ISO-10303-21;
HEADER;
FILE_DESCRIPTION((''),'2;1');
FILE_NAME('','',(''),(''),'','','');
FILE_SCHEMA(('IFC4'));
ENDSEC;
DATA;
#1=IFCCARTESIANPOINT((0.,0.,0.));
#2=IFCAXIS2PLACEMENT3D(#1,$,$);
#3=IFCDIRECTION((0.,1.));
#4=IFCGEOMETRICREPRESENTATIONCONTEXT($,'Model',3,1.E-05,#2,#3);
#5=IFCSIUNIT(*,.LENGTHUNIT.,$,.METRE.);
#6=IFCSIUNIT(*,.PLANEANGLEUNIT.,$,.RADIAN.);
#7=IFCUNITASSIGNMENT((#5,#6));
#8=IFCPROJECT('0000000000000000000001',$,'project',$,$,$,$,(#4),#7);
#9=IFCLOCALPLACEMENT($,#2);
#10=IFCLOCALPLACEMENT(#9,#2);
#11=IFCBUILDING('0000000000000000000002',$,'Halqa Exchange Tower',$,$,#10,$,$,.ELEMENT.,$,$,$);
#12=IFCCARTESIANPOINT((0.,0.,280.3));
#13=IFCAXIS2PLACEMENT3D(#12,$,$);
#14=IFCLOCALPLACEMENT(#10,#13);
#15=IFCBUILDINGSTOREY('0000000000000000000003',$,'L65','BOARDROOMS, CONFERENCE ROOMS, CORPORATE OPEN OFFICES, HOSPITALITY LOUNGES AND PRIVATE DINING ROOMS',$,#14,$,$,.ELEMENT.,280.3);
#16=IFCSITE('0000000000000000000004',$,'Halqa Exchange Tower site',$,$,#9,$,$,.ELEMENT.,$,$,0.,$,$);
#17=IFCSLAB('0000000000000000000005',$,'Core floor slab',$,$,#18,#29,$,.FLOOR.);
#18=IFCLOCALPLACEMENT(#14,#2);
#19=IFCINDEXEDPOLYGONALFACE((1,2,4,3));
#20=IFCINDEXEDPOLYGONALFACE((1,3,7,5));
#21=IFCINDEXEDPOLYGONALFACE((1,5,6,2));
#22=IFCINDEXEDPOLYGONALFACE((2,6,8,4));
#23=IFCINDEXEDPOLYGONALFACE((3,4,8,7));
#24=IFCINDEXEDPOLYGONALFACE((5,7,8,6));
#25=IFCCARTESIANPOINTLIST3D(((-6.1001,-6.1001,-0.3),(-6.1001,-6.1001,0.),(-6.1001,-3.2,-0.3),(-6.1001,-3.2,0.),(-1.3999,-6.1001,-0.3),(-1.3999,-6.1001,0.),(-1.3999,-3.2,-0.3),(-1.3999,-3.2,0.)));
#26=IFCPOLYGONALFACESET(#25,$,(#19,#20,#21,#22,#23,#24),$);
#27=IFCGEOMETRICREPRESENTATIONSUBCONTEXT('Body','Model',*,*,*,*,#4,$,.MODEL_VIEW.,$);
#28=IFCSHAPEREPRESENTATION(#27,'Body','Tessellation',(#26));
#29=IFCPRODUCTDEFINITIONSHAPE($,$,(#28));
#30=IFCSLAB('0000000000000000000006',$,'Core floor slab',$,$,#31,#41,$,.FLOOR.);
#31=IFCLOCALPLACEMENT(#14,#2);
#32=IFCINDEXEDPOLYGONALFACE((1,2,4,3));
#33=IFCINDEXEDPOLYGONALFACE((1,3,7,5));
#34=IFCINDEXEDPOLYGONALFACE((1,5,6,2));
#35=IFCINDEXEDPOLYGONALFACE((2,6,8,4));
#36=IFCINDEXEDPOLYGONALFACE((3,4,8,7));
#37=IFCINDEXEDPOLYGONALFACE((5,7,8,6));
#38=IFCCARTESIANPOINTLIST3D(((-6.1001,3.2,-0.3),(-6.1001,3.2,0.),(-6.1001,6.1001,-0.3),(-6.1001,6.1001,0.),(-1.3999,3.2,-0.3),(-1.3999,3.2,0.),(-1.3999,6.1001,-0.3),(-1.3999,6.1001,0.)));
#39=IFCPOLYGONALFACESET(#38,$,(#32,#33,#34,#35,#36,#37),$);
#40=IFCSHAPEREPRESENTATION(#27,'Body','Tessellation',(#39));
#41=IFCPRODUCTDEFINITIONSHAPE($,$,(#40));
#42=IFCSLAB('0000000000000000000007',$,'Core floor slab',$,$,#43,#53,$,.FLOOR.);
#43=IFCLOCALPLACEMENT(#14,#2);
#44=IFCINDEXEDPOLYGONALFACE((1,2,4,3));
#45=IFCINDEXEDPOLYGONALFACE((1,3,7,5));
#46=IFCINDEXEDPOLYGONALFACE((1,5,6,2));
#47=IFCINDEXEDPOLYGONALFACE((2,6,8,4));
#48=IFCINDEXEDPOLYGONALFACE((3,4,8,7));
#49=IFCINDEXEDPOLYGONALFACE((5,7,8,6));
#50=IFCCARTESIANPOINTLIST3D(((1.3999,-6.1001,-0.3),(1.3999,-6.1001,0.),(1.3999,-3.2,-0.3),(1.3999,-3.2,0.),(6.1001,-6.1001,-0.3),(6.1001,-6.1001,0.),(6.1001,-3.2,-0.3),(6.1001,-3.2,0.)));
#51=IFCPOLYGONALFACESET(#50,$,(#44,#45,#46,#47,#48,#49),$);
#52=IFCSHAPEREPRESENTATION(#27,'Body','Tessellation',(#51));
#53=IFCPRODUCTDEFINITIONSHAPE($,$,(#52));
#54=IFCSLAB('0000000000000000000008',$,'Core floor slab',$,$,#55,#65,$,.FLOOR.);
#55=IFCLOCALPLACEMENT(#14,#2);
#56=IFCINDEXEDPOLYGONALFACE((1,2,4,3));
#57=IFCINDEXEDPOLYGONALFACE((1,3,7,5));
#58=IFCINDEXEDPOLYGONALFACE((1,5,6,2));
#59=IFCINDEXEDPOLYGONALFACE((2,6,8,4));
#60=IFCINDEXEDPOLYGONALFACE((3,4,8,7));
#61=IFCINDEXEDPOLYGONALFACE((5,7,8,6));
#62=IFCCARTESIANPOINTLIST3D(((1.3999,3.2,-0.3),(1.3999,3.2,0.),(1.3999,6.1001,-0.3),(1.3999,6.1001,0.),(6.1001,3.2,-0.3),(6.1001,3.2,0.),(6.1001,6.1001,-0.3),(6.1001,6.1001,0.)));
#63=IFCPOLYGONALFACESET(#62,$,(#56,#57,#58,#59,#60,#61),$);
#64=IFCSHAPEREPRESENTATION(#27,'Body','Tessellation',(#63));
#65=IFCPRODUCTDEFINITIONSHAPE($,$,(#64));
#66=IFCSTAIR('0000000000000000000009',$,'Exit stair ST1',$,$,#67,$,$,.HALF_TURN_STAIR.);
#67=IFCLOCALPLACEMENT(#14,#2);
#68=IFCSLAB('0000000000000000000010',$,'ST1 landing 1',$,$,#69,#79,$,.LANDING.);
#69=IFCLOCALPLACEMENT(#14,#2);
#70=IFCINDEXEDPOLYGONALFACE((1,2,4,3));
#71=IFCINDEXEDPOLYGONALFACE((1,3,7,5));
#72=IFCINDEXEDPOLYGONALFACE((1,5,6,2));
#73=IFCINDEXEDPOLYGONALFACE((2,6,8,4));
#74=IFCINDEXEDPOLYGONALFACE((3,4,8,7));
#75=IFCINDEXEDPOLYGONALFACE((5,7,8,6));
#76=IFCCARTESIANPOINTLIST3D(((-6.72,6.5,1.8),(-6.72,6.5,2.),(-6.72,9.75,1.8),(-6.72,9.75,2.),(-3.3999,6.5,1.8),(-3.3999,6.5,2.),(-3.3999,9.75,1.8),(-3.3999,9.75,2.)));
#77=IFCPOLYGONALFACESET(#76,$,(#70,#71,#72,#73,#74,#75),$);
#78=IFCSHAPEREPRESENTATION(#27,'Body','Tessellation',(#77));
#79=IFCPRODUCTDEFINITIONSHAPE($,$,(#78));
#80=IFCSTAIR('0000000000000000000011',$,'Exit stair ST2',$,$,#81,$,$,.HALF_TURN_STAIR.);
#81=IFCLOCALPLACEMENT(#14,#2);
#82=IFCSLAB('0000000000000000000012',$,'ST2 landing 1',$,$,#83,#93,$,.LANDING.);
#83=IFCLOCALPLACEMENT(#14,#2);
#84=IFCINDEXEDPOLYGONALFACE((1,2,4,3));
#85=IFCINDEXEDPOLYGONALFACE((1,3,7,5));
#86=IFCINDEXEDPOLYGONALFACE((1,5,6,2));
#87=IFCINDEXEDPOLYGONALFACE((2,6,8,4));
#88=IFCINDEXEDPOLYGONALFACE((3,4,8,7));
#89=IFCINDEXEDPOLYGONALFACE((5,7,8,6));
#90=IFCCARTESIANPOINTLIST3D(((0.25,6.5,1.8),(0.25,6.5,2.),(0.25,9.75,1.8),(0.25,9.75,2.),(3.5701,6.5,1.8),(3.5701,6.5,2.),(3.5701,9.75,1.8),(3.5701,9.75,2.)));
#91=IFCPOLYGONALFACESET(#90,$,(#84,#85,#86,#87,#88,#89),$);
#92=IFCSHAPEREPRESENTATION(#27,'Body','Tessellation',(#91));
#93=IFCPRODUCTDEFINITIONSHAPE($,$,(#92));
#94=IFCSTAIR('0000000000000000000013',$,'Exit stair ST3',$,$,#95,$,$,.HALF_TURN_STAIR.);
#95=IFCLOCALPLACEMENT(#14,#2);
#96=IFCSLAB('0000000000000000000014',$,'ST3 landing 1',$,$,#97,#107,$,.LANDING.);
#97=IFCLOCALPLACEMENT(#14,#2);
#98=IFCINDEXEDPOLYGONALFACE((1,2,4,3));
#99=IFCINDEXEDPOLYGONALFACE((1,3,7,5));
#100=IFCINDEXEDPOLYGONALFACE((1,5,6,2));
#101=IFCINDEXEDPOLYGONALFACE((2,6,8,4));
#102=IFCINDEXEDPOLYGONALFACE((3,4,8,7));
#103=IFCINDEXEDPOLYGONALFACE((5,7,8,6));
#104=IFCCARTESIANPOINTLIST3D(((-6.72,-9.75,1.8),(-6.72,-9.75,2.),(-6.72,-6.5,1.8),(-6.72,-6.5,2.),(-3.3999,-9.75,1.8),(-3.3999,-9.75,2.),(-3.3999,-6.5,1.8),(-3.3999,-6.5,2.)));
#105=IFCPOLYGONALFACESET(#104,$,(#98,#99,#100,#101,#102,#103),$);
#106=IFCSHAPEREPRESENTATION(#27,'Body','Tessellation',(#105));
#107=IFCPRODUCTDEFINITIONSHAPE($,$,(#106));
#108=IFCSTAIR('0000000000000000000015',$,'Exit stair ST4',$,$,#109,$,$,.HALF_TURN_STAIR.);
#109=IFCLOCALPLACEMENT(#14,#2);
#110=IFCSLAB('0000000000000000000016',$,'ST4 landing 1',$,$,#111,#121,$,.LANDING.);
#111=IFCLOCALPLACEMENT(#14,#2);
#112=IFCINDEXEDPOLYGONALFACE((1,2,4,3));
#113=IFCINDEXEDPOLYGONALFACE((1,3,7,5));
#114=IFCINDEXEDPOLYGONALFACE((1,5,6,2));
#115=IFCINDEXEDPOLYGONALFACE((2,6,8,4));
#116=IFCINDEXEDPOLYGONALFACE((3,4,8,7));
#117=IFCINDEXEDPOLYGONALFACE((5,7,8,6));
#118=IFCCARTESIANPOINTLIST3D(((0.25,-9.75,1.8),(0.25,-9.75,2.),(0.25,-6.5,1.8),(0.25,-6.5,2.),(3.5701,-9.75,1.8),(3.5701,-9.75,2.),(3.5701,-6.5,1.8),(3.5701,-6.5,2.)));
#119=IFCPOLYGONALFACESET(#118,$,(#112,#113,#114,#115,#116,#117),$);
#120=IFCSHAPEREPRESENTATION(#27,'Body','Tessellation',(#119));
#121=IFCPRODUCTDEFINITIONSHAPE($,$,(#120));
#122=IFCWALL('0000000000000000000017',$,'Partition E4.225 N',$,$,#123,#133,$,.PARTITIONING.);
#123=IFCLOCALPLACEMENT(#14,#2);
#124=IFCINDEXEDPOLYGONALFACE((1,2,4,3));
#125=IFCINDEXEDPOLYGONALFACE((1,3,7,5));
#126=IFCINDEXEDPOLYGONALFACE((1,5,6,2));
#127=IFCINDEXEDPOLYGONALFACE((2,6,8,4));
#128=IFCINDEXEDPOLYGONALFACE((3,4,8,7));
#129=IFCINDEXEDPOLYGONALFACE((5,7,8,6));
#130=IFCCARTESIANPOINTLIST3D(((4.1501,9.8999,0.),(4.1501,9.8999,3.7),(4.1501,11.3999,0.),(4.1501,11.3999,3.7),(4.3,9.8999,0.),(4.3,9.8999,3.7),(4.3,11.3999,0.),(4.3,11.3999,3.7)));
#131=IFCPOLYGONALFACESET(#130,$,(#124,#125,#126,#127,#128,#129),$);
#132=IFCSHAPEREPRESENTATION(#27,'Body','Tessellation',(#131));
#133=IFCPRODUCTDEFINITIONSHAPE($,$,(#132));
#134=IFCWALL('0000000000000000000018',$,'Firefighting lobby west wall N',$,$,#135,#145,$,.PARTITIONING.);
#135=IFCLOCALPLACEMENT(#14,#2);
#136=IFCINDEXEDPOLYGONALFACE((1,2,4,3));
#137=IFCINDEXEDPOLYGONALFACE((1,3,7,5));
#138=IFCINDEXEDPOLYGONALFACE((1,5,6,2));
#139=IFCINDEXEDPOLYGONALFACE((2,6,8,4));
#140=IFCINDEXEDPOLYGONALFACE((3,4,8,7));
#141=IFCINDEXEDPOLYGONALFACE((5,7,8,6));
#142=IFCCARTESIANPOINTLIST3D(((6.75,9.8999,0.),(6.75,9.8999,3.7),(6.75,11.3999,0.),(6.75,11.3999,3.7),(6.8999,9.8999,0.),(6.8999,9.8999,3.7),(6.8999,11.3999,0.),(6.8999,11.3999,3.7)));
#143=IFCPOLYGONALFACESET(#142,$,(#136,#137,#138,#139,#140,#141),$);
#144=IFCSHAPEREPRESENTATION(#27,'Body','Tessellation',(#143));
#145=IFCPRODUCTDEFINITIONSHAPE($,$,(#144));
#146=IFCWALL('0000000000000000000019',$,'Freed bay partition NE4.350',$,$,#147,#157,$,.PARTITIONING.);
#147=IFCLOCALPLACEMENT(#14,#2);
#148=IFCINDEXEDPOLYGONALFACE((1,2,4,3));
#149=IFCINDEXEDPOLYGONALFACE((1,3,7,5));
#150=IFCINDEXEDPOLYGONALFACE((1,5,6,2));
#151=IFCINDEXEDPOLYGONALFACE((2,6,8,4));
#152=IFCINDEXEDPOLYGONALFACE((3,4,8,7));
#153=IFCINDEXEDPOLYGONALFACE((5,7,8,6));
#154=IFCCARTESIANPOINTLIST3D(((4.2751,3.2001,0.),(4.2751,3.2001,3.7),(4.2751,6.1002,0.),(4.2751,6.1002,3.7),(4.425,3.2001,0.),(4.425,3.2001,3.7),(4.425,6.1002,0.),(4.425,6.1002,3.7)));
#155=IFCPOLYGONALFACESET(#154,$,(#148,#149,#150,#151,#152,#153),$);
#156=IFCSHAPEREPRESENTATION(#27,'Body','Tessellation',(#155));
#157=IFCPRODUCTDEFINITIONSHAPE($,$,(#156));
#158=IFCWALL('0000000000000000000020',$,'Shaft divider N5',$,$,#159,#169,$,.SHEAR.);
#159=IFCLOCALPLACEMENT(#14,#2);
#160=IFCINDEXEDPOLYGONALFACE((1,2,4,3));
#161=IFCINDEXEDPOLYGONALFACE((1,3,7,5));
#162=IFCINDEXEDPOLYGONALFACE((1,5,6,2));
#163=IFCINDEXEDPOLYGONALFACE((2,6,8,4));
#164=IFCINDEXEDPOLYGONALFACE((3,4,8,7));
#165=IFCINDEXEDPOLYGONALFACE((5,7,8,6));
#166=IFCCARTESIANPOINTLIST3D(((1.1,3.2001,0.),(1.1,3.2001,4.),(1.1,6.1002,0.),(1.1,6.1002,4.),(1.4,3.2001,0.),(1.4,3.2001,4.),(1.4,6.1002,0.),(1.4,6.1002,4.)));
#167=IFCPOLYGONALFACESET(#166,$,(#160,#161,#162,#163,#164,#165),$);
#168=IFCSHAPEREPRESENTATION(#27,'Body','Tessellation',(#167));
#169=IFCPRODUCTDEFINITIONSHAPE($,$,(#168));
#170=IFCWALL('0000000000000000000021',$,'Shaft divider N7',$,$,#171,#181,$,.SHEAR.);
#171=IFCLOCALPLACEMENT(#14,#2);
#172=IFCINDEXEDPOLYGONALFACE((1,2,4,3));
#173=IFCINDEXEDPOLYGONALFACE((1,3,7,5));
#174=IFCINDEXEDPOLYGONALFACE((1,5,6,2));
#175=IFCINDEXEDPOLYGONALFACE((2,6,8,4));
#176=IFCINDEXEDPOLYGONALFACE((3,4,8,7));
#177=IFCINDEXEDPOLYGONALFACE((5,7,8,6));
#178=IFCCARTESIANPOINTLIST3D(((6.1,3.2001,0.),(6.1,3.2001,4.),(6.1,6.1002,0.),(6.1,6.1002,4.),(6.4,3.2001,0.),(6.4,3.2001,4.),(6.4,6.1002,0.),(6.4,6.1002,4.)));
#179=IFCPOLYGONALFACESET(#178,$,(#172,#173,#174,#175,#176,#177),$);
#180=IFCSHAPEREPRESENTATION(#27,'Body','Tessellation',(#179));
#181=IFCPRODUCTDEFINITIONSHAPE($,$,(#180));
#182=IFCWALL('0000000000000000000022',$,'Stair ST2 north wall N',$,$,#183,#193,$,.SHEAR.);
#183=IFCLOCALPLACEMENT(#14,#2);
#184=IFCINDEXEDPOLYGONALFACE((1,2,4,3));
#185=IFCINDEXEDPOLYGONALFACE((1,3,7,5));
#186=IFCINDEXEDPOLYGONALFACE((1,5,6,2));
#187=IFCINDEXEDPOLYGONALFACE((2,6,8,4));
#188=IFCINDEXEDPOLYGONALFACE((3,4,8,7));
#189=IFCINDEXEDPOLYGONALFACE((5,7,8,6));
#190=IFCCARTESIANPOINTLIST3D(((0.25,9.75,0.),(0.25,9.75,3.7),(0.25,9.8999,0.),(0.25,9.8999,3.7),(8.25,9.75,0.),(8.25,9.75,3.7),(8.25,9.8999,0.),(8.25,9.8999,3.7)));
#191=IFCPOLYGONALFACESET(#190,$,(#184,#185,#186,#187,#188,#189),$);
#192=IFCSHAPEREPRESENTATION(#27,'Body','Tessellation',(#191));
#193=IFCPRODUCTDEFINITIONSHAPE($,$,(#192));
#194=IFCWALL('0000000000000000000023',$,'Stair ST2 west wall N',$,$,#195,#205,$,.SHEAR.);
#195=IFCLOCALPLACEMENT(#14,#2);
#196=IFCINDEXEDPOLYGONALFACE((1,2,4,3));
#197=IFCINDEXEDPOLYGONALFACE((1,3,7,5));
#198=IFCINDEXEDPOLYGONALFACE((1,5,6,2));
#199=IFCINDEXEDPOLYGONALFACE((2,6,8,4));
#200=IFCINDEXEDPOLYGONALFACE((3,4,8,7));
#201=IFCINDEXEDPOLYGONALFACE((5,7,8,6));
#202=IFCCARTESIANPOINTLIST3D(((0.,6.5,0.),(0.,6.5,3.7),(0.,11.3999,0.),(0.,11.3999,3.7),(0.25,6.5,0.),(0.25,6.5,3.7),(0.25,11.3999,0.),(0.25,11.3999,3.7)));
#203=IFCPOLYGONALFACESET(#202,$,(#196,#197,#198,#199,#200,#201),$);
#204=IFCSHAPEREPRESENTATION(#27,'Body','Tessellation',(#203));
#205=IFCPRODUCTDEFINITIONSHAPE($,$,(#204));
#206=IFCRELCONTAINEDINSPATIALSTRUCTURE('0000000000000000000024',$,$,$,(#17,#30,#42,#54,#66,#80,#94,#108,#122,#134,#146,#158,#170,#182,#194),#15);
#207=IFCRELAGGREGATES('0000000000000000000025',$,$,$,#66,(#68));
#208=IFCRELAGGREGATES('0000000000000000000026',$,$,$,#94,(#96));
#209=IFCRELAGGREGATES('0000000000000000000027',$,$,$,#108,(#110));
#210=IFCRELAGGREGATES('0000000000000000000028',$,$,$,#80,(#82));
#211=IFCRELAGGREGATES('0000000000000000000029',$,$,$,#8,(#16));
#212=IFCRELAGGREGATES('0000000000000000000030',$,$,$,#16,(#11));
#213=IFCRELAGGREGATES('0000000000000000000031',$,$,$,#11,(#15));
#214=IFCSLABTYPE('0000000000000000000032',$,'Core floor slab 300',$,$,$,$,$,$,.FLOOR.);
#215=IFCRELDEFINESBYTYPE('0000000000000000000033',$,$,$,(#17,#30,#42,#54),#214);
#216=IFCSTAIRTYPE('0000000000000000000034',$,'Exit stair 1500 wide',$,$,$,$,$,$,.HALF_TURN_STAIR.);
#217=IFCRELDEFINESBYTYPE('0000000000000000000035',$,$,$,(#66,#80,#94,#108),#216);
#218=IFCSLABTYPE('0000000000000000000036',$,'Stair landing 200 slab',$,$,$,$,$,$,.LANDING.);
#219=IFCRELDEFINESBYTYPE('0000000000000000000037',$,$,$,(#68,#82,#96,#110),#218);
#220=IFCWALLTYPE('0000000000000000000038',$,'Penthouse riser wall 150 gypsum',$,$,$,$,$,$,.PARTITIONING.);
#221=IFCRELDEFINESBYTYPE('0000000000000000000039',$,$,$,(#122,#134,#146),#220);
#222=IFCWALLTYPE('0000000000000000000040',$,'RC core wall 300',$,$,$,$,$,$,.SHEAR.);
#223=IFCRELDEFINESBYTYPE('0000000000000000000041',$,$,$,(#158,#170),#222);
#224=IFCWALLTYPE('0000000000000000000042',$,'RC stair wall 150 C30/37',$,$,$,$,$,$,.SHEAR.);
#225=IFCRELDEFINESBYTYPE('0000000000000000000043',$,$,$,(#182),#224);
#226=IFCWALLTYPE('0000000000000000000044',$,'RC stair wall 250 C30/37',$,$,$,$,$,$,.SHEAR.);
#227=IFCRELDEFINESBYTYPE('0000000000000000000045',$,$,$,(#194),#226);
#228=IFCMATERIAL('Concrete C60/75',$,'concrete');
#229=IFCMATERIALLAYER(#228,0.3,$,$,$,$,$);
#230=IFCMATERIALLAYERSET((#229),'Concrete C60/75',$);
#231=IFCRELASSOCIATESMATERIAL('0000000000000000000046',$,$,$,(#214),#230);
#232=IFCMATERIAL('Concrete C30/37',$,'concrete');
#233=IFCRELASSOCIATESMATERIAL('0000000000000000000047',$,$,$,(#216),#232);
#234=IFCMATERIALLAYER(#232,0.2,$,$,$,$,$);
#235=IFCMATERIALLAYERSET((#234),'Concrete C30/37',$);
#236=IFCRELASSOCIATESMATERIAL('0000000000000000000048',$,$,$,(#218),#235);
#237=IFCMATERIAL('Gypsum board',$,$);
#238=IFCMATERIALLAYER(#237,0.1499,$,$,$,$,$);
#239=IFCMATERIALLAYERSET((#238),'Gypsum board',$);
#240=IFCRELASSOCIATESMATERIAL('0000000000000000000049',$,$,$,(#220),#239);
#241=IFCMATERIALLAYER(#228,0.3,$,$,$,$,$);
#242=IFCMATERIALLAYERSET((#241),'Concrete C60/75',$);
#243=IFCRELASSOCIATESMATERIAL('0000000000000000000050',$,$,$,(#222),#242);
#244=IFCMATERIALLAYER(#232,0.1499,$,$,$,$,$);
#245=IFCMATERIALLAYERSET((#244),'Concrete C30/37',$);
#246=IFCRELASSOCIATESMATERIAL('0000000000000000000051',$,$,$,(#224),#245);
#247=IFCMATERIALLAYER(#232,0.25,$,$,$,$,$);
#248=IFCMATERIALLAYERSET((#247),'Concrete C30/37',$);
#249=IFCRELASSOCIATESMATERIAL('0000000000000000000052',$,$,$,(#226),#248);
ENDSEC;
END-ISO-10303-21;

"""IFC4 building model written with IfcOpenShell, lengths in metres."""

from ifc_helpers import new_model, si_unit, direction, frame, frame_2d, origin, place, context, subcontext, project, spatial, polyline, rectangle, outline, extrude, material, layer, layer_set, type_object, element, aggregate, save


model = new_model("IFC4")

# Units and contexts
model_context = context("Model", 3, precision=1e-05, world=origin(), true_north=direction((0.0, 1.0)))
body_context = subcontext(model_context, "Body", "Model", "MODEL_VIEW")
ifc_project = project(units=[si_unit("LENGTHUNIT", "METRE"), si_unit("PLANEANGLEUNIT", "RADIAN")], contexts=[model_context])

# Site, building, storey
site_placement = place(None, origin())
site = spatial("IfcSite", under=ifc_project, at=site_placement, Name="Halqa Exchange Tower site", CompositionType="ELEMENT", RefElevation=0.0)
building_placement = place(site_placement, origin())
building = spatial("IfcBuilding", under=site, at=building_placement, Name="Halqa Exchange Tower", CompositionType="ELEMENT")
storey_placement = place(building_placement, frame((0.0, 0.0, 280.3)))
storey = spatial("IfcBuildingStorey", under=building, at=storey_placement, Name="L65", Description="BOARDROOMS, CONFERENCE ROOMS, CORPORATE OPEN OFFICES, HOSPITALITY LOUNGES AND PRIVATE DINING ROOMS", CompositionType="ELEMENT", Elevation=280.3)

# Shared definitions
ifc_material_1 = material(Name="Concrete C60/75", Category="concrete")

# Slabs
ifc_layer_1 = layer(ifc_material_1, 0.3)
ifc_layer_set_1 = layer_set([ifc_layer_1], Name="Concrete C60/75")
slab_type_1 = type_object("IfcSlabType", Name="Core floor slab 300", PredefinedType="FLOOR", material=ifc_layer_set_1)
slab_1_placement = place(storey_placement, frame((0.0, 0.0, -0.3)))
element("IfcSlab", 1, at=slab_1_placement, inside=storey, type_object=slab_type_1, Name="Core floor slab", PredefinedType="FLOOR", context=body_context, shape_type="SweptSolid", body=[
    extrude(outline(polyline([(-1.3999, -3.2), (-1.3999, -6.1001), (-6.1001, -6.1001), (-6.1001, -3.2), (-1.3999, -3.2)])), origin(), (0.0, 0.0, 1.0), 0.3),
])
slab_2_placement = place(storey_placement, frame((0.0, 0.0, -0.3)))
element("IfcSlab", 2, at=slab_2_placement, inside=storey, type_object=slab_type_1, Name="Core floor slab", PredefinedType="FLOOR", context=body_context, shape_type="SweptSolid", body=[
    extrude(outline(polyline([(-1.3999, 3.2), (-6.1001, 3.2), (-6.1001, 6.1001), (-1.3999, 6.1001), (-1.3999, 3.2)])), origin(), (0.0, 0.0, 1.0), 0.3),
])
slab_3_placement = place(storey_placement, frame((0.0, 0.0, -0.3)))
element("IfcSlab", 3, at=slab_3_placement, inside=storey, type_object=slab_type_1, Name="Core floor slab", PredefinedType="FLOOR", context=body_context, shape_type="SweptSolid", body=[
    extrude(outline(polyline([(6.1001, -3.2), (6.1001, -6.1001), (1.3999, -6.1001), (1.3999, -3.2), (6.1001, -3.2)])), origin(), (0.0, 0.0, 1.0), 0.3),
])
slab_4_placement = place(storey_placement, frame((0.0, 0.0, -0.3)))
element("IfcSlab", 4, at=slab_4_placement, inside=storey, type_object=slab_type_1, Name="Core floor slab", PredefinedType="FLOOR", context=body_context, shape_type="SweptSolid", body=[
    extrude(outline(polyline([(6.1001, 6.1001), (6.1001, 3.2), (1.3999, 3.2), (1.3999, 6.1001), (6.1001, 6.1001)])), origin(), (0.0, 0.0, 1.0), 0.3),
])

# Stairs, slabs
ifc_material_2 = material(Name="Concrete C30/37", Category="concrete")
stair_type = type_object("IfcStairType", Name="Exit stair 1500 wide", PredefinedType="HALF_TURN_STAIR", material=ifc_material_2)
stair_1_placement = place(storey_placement, origin())
stair_1 = element("IfcStair", 5, at=stair_1_placement, inside=storey, type_object=stair_type, Name="Exit stair ST1", PredefinedType="HALF_TURN_STAIR")
ifc_layer_2 = layer(ifc_material_2, 0.2)
ifc_layer_set_2 = layer_set([ifc_layer_2], Name="Concrete C30/37")
slab_type_2 = type_object("IfcSlabType", Name="Stair landing 200 slab", PredefinedType="LANDING", material=ifc_layer_set_2)
slab_5_placement = place(storey_placement, frame((0.0, 0.0, 1.8)))
slab_5 = element("IfcSlab", 6, at=slab_5_placement, type_object=slab_type_2, Name="ST1 landing 1", PredefinedType="LANDING", context=body_context, shape_type="SweptSolid", body=[
    extrude(outline(polyline([(-6.72, 6.5), (-3.3999, 6.5), (-3.3999, 9.75), (-6.72, 9.75), (-6.72, 6.5)])), origin(), (0.0, 0.0, 1.0), 0.2),
])
aggregate(stair_1, [slab_5])
stair_2_placement = place(storey_placement, origin())
stair_2 = element("IfcStair", 7, at=stair_2_placement, inside=storey, type_object=stair_type, Name="Exit stair ST2", PredefinedType="HALF_TURN_STAIR")
slab_6_placement = place(storey_placement, frame((0.0, 0.0, 1.8)))
slab_6 = element("IfcSlab", 8, at=slab_6_placement, type_object=slab_type_2, Name="ST2 landing 1", PredefinedType="LANDING", context=body_context, shape_type="SweptSolid", body=[
    extrude(outline(polyline([(0.25, 6.5), (3.5701, 6.5), (3.5701, 9.75), (0.25, 9.75), (0.25, 6.5)])), origin(), (0.0, 0.0, 1.0), 0.2),
])
stair_3_placement = place(storey_placement, origin())
stair_3 = element("IfcStair", 9, at=stair_3_placement, inside=storey, type_object=stair_type, Name="Exit stair ST3", PredefinedType="HALF_TURN_STAIR")
slab_7_placement = place(storey_placement, frame((0.0, 0.0, 1.8)))
slab_7 = element("IfcSlab", 10, at=slab_7_placement, type_object=slab_type_2, Name="ST3 landing 1", PredefinedType="LANDING", context=body_context, shape_type="SweptSolid", body=[
    extrude(outline(polyline([(-6.72, -9.75), (-3.3999, -9.75), (-3.3999, -6.5), (-6.72, -6.5), (-6.72, -9.75)])), origin(), (0.0, 0.0, 1.0), 0.2),
])
aggregate(stair_3, [slab_7])
stair_4_placement = place(storey_placement, origin())
stair_4 = element("IfcStair", 11, at=stair_4_placement, inside=storey, type_object=stair_type, Name="Exit stair ST4", PredefinedType="HALF_TURN_STAIR")
slab_8_placement = place(storey_placement, frame((0.0, 0.0, 1.8)))
slab_8 = element("IfcSlab", 12, at=slab_8_placement, type_object=slab_type_2, Name="ST4 landing 1", PredefinedType="LANDING", context=body_context, shape_type="SweptSolid", body=[
    extrude(outline(polyline([(0.25, -9.75), (3.5701, -9.75), (3.5701, -6.5), (0.25, -6.5), (0.25, -9.75)])), origin(), (0.0, 0.0, 1.0), 0.2),
])
aggregate(stair_4, [slab_8])

# Walls
ifc_material_3 = material(Name="Gypsum board")
ifc_layer_3 = layer(ifc_material_3, 0.1499)
ifc_layer_set_3 = layer_set([ifc_layer_3], Name="Gypsum board")
wall_type_1 = type_object("IfcWallType", Name="Penthouse riser wall 150 gypsum", PredefinedType="PARTITIONING", material=ifc_layer_set_3)
for number, where, z_axis, x_axis, name in (
    (13, (4.2251, 9.8999, 0.0), (0.0, 0.0, 1.0), (0.0, 1.0, 0.0), "Partition E4.225 N"),
    (14, (6.825, 9.8999, 0.0), (0.0, 0.0, 1.0), (0.0, 1.0, 0.0), "Firefighting lobby west wall N"),
):
    element("IfcWall", number, at=place(storey_placement, frame(where, z_axis=z_axis, x_axis=x_axis)), inside=storey, type_object=wall_type_1, Name=name, PredefinedType="PARTITIONING", context=body_context, shape_type="SweptSolid", body=[
        extrude(rectangle(XDim=1.5, YDim=0.1499, at=frame_2d((0.75, 0.0))), origin(), (0.0, 0.0, 1.0), 3.7),
    ])
wall_1_placement = place(storey_placement, frame((4.3501, 3.2, 0.0), z_axis=(0.0, 0.0, 1.0), x_axis=(0.0, 1.0, 0.0)))
element("IfcWall", 15, at=wall_1_placement, inside=storey, type_object=wall_type_1, Name="Freed bay partition NE4.350", PredefinedType="PARTITIONING", context=body_context, shape_type="SweptSolid", body=[
    extrude(rectangle(XDim=2.9001, YDim=0.1499, at=frame_2d((1.4502, 0.0))), origin(), (0.0, 0.0, 1.0), 3.7),
])
ifc_layer_4 = layer(ifc_material_1, 0.3)
ifc_layer_set_4 = layer_set([ifc_layer_4], Name="Concrete C60/75")
wall_type_2 = type_object("IfcWallType", Name="RC core wall 300", PredefinedType="SHEAR", material=ifc_layer_set_4)
for number, where, z_axis, x_axis, name in (
    (16, (1.25, 3.2, 0.0), (0.0, 0.0, 1.0), (0.0, 1.0, 0.0), "Shaft divider N5"),
    (17, (6.25, 3.2, 0.0), (0.0, 0.0, 1.0), (0.0, 1.0, 0.0), "Shaft divider N7"),
):
    element("IfcWall", number, at=place(storey_placement, frame(where, z_axis=z_axis, x_axis=x_axis)), inside=storey, type_object=wall_type_2, Name=name, PredefinedType="SHEAR", context=body_context, shape_type="SweptSolid", body=[
        extrude(rectangle(XDim=2.9001, YDim=0.3, at=frame_2d((1.4502, 0.0))), origin(), (0.0, 0.0, 1.0), 4.0),
    ])
ifc_layer_5 = layer(ifc_material_2, 0.1499)
ifc_layer_set_5 = layer_set([ifc_layer_5], Name="Concrete C30/37")
wall_type_3 = type_object("IfcWallType", Name="RC stair wall 150 C30/37", PredefinedType="SHEAR", material=ifc_layer_set_5)
wall_2_placement = place(storey_placement, frame((0.25, 9.825, 0.0), z_axis=(0.0, 0.0, 1.0), x_axis=(1.0, 0.0, 0.0)))
element("IfcWall", 18, at=wall_2_placement, inside=storey, type_object=wall_type_3, Name="Stair ST2 north wall N", PredefinedType="SHEAR", context=body_context, shape_type="SweptSolid", body=[
    extrude(rectangle(XDim=8.0, YDim=0.1499, at=frame_2d((4.0, 0.0))), origin(), (0.0, 0.0, 1.0), 3.7),
])
ifc_layer_6 = layer(ifc_material_2, 0.25)
ifc_layer_set_6 = layer_set([ifc_layer_6], Name="Concrete C30/37")
wall_type_4 = type_object("IfcWallType", Name="RC stair wall 250 C30/37", PredefinedType="SHEAR", material=ifc_layer_set_6)
wall_3_placement = place(storey_placement, frame((0.125, 6.5, 0.0), z_axis=(0.0, 0.0, 1.0), x_axis=(0.0, 1.0, 0.0)))
element("IfcWall", 19, at=wall_3_placement, inside=storey, type_object=wall_type_4, Name="Stair ST2 west wall N", PredefinedType="SHEAR", context=body_context, shape_type="SweptSolid", body=[
    extrude(rectangle(XDim=4.8999, YDim=0.25, at=frame_2d((2.45, 0.0))), origin(), (0.0, 0.0, 1.0), 3.7),
])

aggregate(stair_2, [slab_6])

save(model, "model.ifc")
